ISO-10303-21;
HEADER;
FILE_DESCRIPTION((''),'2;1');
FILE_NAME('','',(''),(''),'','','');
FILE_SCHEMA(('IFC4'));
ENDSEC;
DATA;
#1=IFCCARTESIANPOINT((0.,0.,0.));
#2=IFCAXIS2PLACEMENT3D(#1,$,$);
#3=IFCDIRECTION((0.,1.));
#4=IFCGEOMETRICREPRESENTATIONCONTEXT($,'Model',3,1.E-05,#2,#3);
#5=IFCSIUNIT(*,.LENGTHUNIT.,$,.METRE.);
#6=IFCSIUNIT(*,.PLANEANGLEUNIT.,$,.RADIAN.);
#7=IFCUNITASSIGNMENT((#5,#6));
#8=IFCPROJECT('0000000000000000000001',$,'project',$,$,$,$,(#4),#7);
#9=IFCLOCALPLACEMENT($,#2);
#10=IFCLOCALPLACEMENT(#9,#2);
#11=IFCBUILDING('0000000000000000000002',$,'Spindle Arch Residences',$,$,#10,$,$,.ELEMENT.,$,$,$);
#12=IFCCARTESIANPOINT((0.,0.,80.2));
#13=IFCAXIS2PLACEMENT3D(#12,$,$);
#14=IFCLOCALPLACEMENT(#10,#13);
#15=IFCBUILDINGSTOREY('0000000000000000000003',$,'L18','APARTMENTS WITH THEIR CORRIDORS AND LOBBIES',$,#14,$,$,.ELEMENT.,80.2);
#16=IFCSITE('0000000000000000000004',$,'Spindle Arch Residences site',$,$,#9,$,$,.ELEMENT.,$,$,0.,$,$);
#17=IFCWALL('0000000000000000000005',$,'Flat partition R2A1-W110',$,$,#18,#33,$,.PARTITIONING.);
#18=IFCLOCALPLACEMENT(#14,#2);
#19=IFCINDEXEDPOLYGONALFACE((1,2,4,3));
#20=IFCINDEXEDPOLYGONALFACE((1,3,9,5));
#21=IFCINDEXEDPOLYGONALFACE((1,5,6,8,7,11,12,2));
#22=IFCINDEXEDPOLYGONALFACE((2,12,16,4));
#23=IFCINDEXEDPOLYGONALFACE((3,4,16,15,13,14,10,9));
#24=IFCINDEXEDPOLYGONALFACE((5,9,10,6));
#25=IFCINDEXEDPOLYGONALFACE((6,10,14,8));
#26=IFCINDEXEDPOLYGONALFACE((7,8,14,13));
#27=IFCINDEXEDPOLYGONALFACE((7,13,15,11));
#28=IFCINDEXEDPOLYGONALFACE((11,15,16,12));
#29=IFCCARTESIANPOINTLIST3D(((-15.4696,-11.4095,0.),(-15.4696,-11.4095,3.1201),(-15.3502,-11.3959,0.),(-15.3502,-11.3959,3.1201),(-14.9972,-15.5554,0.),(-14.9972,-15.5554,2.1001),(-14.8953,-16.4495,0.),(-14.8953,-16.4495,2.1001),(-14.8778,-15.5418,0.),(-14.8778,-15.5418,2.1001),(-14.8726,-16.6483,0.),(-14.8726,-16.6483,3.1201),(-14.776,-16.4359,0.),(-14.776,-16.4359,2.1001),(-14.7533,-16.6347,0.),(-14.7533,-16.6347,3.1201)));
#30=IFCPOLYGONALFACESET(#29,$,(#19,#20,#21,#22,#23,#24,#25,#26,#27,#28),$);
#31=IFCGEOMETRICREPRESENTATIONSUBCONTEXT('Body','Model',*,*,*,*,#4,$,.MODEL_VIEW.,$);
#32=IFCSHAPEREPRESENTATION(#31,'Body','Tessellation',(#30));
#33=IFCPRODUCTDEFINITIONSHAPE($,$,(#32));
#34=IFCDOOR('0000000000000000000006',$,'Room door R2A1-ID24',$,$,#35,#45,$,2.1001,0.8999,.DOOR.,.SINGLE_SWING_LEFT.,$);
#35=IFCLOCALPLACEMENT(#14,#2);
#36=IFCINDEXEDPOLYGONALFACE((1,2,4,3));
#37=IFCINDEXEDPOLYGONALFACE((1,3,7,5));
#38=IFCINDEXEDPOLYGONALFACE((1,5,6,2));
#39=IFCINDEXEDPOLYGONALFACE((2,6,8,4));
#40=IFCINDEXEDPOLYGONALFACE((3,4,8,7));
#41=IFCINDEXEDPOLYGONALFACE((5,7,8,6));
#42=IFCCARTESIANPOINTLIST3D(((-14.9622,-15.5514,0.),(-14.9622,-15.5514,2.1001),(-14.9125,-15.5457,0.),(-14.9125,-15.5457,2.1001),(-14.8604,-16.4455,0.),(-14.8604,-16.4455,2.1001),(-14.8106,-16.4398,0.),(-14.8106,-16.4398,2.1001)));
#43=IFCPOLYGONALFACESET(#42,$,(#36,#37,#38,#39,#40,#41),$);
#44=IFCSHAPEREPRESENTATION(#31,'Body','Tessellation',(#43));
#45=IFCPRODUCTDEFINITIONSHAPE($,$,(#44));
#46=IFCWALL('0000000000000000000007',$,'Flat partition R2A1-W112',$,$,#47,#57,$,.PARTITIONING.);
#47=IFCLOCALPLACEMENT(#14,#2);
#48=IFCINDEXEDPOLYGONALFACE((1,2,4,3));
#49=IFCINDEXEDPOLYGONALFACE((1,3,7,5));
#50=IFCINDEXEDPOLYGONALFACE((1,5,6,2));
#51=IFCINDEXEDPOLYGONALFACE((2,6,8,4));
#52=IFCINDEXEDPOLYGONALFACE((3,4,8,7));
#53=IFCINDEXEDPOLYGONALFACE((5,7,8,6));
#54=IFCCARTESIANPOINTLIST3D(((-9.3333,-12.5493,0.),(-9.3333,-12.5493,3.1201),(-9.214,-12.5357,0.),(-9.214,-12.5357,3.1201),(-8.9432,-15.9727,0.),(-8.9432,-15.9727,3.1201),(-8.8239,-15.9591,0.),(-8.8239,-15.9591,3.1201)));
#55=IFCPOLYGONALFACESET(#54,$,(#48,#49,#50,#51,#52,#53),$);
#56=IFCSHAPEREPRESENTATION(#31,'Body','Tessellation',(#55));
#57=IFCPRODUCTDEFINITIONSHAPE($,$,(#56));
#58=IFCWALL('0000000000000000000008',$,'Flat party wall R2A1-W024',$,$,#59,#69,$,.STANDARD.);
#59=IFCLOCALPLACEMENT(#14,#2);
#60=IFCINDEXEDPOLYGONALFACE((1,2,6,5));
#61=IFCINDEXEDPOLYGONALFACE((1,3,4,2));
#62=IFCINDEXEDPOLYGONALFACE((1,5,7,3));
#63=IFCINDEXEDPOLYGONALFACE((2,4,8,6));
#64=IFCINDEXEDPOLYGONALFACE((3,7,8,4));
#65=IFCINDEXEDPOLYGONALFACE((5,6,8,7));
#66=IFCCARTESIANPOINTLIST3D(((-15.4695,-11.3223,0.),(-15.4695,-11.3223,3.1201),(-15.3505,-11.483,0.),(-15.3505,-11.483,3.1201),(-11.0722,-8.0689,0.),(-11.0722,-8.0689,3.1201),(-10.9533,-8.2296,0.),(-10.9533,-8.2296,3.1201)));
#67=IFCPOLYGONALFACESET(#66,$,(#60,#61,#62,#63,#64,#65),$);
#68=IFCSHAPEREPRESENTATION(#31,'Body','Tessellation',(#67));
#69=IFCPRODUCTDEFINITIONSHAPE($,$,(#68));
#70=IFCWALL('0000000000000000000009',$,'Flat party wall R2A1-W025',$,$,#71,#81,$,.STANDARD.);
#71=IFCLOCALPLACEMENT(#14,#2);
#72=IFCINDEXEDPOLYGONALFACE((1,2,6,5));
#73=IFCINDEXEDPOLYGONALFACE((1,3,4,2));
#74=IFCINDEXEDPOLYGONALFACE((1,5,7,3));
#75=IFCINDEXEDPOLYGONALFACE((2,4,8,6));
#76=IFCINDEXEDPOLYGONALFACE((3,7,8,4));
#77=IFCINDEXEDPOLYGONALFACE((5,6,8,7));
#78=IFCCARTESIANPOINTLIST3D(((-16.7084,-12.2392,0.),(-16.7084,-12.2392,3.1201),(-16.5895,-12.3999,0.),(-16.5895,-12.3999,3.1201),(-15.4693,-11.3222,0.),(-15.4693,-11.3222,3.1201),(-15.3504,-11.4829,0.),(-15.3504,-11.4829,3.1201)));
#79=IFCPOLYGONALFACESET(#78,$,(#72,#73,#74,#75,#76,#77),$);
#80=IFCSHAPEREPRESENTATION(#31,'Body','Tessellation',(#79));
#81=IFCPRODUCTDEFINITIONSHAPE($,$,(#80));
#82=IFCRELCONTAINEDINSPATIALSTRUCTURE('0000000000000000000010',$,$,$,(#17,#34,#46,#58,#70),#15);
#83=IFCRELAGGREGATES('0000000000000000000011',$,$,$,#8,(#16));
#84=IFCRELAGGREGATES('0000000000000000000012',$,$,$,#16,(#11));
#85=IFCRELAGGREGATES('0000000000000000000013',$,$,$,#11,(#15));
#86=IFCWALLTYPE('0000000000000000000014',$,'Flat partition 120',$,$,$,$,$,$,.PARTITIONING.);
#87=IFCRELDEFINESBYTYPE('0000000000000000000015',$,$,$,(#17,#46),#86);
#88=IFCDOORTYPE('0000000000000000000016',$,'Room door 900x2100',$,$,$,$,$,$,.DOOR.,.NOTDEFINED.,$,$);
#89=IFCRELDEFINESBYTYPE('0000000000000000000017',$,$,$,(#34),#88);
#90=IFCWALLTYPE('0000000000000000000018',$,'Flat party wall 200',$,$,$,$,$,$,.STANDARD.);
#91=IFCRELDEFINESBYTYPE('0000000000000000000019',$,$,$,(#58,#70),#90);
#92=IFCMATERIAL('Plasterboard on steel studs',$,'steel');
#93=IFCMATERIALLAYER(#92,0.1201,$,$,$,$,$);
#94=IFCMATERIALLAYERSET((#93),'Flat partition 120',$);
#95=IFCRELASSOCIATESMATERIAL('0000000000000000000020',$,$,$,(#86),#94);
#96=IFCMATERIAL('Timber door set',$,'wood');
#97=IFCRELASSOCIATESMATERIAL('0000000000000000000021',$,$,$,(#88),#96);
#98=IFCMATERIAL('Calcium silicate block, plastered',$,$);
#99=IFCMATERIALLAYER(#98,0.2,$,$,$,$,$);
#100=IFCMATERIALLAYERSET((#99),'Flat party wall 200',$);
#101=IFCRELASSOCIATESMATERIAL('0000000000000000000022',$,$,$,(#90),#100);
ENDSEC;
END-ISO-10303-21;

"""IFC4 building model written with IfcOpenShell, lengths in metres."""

from ifc_helpers import new_model, si_unit, direction, frame, frame_2d, origin, place, context, subcontext, project, spatial, rectangle, extrude, material, layer, layer_set, type_object, element, fill, save


model = new_model("IFC4")

# Units and contexts
model_context = context("Model", 3, precision=1e-05, world=origin(), true_north=direction((0.0, 1.0)))
body_context = subcontext(model_context, "Body", "Model", "MODEL_VIEW")
ifc_project = project(units=[si_unit("LENGTHUNIT", "METRE"), si_unit("PLANEANGLEUNIT", "RADIAN")], contexts=[model_context])

# Site, building, storey
site_placement = place(None, origin())
site = spatial("IfcSite", under=ifc_project, at=site_placement, Name="Spindle Arch Residences site", CompositionType="ELEMENT", RefElevation=0.0)
building_placement = place(site_placement, origin())
building = spatial("IfcBuilding", under=site, at=building_placement, Name="Spindle Arch Residences", CompositionType="ELEMENT")
storey_placement = place(building_placement, frame((0.0, 0.0, 80.2)))
storey = spatial("IfcBuildingStorey", under=building, at=storey_placement, Name="L18", Description="APARTMENTS WITH THEIR CORRIDORS AND LOBBIES", CompositionType="ELEMENT", Elevation=80.2)

# Shared definitions
ifc_material_1 = material(Name="Plasterboard on steel studs", Category="steel")
ifc_layer_1 = layer(ifc_material_1, 0.1201)
ifc_layer_set_1 = layer_set([ifc_layer_1], Name="Flat partition 120")
wall_type_1 = type_object("IfcWallType", Name="Flat partition 120", PredefinedType="PARTITIONING", material=ifc_layer_set_1)
ifc_material_2 = material(Name="Timber door set", Category="wood")
door_type_1 = type_object("IfcDoorType", Name="Room door 900x2100", OperationType="NOTDEFINED", PredefinedType="DOOR", material=ifc_material_2)

# Wall, opening, door
wall_1_placement = place(storey_placement, frame((-14.813, -16.6414, 0.0), z_axis=(0.0, 0.0, 1.0), x_axis=(-0.113211, 0.993571, 0.0)))
wall_1 = element("IfcWall", 1, at=wall_1_placement, inside=storey, type_object=wall_type_1, Name="Flat partition R2A1-W110", PredefinedType="PARTITIONING", context=body_context, shape_type="SweptSolid", body=[
    extrude(rectangle(XDim=5.2727, YDim=0.1201, at=frame_2d((2.6362, 0.0))), origin(), (0.0, 0.0, 1.0), 3.1201),
])
opening_1_placement = place(wall_1_placement, frame((0.2, 0.0, 0.0)))
opening_1 = element("IfcOpeningElement", 2, at=opening_1_placement, cuts=wall_1, PredefinedType="OPENING", context=body_context, shape_type="SweptSolid", body=[
    extrude(rectangle(XDim=0.8999, YDim=2.1001, at=frame_2d((0.45, 1.05))), frame((0.0, 0.0701, 0.0), z_axis=(0.0, -1.0, 0.0), x_axis=(1.0, 0.0, 0.0)), (0.0, 0.0, 1.0), 0.1401),
])
door_1_placement = place(opening_1_placement, origin())
door_1 = element("IfcDoor", 3, at=door_1_placement, inside=storey, type_object=door_type_1, Name="Room door R2A1-ID24", OperationType="SINGLE_SWING_LEFT", OverallHeight=2.1001, OverallWidth=0.8999, PredefinedType="DOOR", context=body_context, shape_type="SweptSolid", body=[
    extrude(rectangle(XDim=0.8999, YDim=2.1001, at=frame_2d((0.45, 1.05))), frame((0.0, 0.0249, 0.0), z_axis=(0.0, -1.0, 0.0), x_axis=(1.0, 0.0, 0.0)), (0.0, 0.0, 1.0), 0.05),
])
fill(opening_1, door_1)

# Walls
wall_2_placement = place(storey_placement, frame((-8.8835, -15.9658, 0.0), z_axis=(0.0, 0.0, 1.0), x_axis=(-0.113231, 0.993569, 0.0)))
element("IfcWall", 4, at=wall_2_placement, inside=storey, type_object=wall_type_1, Name="Flat partition R2A1-W112", PredefinedType="PARTITIONING", context=body_context, shape_type="SweptSolid", body=[
    extrude(rectangle(XDim=3.4456, YDim=0.1201, at=frame_2d((1.7227, 0.0))), origin(), (0.0, 0.0, 1.0), 3.1201),
])
ifc_material_3 = material(Name="Calcium silicate block, plastered")
ifc_layer_2 = layer(ifc_material_3, 0.2)
ifc_layer_set_2 = layer_set([ifc_layer_2], Name="Flat party wall 200")
wall_type_2 = type_object("IfcWallType", Name="Flat party wall 200", PredefinedType="STANDARD", material=ifc_layer_set_2)
wall_3_placement = place(storey_placement, frame((-15.4099, -11.4026, 0.0), z_axis=(0.0, 0.0, 1.0), x_axis=(0.803888, 0.594781, 0.0)))
element("IfcWall", 5, at=wall_3_placement, inside=storey, type_object=wall_type_2, Name="Flat party wall R2A1-W024", PredefinedType="STANDARD", context=body_context, shape_type="SweptSolid", body=[
    extrude(rectangle(XDim=5.47, YDim=0.2, at=frame_2d((2.7349, 0.0))), origin(), (0.0, 0.0, 1.0), 3.1201),
])
wall_4_placement = place(storey_placement, frame((-16.6489, -12.3196, 0.0), z_axis=(0.0, 0.0, 1.0), x_axis=(0.803804, 0.594894, 0.0)))
element("IfcWall", 6, at=wall_4_placement, inside=storey, type_object=wall_type_2, Name="Flat party wall R2A1-W025", PredefinedType="STANDARD", context=body_context, shape_type="SweptSolid", body=[
    extrude(rectangle(XDim=1.5415, YDim=0.2, at=frame_2d((0.7708, 0.0))), origin(), (0.0, 0.0, 1.0), 3.1201),
])

save(model, "model.ifc")
